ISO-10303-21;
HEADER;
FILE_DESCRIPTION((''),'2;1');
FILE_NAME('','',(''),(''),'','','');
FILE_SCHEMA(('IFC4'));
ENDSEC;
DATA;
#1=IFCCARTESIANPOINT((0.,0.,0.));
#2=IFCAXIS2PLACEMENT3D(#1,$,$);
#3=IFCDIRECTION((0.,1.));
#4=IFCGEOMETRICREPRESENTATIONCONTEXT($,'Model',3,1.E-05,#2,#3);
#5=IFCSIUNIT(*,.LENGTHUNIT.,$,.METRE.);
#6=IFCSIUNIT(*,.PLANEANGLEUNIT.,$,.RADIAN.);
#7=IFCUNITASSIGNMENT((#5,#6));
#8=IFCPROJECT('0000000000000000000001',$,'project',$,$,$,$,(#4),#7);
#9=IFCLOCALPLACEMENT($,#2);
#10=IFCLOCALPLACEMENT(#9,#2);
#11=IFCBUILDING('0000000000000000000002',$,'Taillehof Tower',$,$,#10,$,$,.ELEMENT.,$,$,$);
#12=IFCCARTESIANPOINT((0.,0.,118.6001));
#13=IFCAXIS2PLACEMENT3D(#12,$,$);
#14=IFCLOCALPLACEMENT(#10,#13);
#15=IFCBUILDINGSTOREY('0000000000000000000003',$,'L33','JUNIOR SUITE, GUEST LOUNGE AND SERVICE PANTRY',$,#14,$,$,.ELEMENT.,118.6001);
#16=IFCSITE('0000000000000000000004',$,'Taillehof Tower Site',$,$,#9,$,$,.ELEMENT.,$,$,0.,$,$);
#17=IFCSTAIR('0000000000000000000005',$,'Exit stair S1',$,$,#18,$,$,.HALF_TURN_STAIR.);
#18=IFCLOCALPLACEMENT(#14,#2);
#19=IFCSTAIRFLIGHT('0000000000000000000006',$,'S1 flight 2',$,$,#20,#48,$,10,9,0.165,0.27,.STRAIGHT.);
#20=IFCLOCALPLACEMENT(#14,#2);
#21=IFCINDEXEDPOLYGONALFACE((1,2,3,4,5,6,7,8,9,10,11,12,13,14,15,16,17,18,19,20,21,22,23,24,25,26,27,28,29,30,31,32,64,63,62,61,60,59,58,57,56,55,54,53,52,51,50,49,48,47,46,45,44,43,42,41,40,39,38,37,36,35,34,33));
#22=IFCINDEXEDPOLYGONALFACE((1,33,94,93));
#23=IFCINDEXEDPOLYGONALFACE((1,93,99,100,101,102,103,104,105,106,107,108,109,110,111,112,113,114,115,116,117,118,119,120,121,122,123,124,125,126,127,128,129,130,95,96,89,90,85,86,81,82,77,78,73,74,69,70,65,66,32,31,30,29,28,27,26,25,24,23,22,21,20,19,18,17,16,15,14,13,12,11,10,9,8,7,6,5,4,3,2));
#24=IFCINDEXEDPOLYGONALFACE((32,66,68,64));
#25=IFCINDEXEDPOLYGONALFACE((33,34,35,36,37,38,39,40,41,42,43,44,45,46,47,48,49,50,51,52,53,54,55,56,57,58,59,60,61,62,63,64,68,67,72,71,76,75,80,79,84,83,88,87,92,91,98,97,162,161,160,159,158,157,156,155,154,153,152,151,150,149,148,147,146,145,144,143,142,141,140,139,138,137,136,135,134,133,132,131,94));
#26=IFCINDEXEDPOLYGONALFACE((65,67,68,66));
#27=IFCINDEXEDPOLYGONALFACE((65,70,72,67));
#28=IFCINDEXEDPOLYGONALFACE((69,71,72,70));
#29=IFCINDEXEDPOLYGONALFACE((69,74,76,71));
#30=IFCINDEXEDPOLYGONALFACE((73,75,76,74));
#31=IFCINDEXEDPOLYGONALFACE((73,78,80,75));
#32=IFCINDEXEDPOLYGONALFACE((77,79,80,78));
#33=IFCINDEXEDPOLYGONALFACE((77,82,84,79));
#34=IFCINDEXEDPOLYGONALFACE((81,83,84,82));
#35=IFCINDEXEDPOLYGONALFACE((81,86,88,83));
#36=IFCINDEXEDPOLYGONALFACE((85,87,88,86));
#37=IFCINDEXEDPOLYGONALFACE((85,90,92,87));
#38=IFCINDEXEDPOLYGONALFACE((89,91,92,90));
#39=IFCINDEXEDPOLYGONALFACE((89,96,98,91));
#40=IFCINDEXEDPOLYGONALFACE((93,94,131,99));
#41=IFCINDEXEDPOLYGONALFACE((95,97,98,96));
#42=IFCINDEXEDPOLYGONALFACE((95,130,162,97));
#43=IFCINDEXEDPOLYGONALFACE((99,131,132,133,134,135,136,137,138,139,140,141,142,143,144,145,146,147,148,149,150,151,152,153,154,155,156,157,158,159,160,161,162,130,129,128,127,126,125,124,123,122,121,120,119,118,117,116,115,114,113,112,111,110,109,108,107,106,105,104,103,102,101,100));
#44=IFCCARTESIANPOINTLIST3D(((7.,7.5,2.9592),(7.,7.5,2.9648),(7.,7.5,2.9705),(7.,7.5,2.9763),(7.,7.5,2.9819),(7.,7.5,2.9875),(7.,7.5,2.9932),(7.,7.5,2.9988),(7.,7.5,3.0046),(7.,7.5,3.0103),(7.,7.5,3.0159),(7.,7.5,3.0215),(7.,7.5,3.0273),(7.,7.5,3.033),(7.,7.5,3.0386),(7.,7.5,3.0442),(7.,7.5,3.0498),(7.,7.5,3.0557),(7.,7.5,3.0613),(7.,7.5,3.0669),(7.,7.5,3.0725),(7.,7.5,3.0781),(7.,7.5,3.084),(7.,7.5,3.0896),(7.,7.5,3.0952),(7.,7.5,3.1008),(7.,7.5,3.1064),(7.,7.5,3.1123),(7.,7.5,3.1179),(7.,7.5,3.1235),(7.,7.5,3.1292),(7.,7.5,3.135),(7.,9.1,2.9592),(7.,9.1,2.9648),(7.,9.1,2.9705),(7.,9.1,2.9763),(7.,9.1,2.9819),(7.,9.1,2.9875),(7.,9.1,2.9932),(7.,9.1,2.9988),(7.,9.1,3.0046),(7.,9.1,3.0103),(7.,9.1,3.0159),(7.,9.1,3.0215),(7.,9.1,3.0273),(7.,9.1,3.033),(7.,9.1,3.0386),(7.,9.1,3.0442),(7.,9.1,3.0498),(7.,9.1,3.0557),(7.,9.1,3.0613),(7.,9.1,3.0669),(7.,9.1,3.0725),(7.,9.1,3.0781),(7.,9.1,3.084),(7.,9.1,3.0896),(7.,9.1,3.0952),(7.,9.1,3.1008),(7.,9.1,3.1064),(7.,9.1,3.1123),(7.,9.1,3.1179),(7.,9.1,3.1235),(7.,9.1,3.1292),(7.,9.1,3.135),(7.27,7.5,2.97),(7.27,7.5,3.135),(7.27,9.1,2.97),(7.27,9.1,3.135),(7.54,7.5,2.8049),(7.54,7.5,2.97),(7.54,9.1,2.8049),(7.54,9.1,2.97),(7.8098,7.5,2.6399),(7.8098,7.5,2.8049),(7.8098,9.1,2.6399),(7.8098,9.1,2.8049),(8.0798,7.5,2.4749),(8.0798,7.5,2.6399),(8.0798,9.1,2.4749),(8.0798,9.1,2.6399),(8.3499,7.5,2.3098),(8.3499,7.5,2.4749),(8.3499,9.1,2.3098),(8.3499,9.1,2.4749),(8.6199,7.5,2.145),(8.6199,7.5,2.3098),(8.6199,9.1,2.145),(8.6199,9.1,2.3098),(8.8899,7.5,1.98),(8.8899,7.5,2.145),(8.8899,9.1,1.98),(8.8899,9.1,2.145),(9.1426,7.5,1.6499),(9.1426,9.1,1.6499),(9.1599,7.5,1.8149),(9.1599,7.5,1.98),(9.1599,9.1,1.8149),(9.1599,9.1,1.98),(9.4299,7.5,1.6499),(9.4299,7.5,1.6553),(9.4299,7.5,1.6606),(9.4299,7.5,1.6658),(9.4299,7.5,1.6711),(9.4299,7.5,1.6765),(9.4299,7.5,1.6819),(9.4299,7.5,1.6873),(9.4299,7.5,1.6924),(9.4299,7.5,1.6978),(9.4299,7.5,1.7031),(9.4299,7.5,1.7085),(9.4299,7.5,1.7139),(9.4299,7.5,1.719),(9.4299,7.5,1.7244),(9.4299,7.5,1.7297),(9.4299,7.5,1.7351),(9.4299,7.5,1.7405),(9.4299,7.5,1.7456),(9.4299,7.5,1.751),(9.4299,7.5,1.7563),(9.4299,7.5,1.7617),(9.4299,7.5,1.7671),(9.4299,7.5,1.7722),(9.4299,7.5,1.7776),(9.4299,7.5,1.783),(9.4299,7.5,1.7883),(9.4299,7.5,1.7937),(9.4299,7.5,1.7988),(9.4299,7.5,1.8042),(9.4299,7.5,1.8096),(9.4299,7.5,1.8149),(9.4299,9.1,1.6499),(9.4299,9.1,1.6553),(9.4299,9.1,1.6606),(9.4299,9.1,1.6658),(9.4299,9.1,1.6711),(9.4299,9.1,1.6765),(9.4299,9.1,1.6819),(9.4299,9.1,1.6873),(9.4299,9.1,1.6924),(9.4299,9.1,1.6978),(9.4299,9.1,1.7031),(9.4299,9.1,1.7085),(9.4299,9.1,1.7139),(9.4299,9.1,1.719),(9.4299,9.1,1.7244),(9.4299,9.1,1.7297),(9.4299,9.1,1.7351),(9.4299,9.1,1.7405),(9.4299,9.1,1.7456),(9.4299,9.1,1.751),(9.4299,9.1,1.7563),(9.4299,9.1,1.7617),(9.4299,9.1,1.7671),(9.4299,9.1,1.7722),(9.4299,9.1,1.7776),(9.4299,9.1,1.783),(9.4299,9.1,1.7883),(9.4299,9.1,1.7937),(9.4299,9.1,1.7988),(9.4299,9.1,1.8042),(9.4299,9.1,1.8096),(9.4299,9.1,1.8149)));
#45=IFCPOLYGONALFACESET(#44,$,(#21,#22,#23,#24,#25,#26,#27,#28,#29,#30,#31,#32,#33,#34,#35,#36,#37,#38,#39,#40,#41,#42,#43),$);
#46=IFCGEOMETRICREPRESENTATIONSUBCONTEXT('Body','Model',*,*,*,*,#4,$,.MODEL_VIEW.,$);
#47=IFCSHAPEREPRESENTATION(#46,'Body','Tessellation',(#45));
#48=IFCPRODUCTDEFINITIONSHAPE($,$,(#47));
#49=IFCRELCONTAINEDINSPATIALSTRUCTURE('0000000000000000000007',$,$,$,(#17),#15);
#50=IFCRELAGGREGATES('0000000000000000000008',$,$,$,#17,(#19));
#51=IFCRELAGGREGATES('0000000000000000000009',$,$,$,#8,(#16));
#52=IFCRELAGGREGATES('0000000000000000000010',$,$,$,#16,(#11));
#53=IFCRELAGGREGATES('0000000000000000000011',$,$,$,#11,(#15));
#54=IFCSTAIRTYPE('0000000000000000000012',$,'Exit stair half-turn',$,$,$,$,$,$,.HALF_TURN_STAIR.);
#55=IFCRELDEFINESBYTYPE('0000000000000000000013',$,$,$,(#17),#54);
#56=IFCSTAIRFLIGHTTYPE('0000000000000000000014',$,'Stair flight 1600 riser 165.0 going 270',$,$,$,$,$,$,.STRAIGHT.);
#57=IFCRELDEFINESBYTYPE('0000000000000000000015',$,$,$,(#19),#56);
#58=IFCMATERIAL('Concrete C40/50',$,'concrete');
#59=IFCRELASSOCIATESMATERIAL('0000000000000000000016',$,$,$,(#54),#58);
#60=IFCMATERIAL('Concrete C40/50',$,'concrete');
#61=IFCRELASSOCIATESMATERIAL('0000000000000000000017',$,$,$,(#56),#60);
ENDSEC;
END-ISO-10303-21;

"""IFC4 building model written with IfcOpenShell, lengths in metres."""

from ifc_helpers import new_model, si_unit, direction, frame, origin, place, context, subcontext, project, spatial, polyline, outline, extrude, material, type_object, element, aggregate, save


model = new_model("IFC4")

# Units and contexts
model_context = context("Model", 3, precision=1e-05, world=origin(), true_north=direction((0.0, 1.0)))
body_context = subcontext(model_context, "Body", "Model", "MODEL_VIEW")
ifc_project = project(units=[si_unit("LENGTHUNIT", "METRE"), si_unit("PLANEANGLEUNIT", "RADIAN")], contexts=[model_context])

# Site, building, storey
site_placement = place(None, origin())
site = spatial("IfcSite", under=ifc_project, at=site_placement, Name="Taillehof Tower Site", CompositionType="ELEMENT", RefElevation=0.0)
building_placement = place(site_placement, origin())
building = spatial("IfcBuilding", under=site, at=building_placement, Name="Taillehof Tower", CompositionType="ELEMENT")
storey_placement = place(building_placement, frame((0.0, 0.0, 118.6001)))
storey = spatial("IfcBuildingStorey", under=building, at=storey_placement, Name="L33", Description="JUNIOR SUITE, GUEST LOUNGE AND SERVICE PANTRY", CompositionType="ELEMENT", Elevation=118.6001)

# Stair, stair flight
ifc_material_1 = material(Name="Concrete C40/50", Category="concrete")
stair_type = type_object("IfcStairType", Name="Exit stair half-turn", PredefinedType="HALF_TURN_STAIR", material=ifc_material_1)
stair_placement = place(storey_placement, origin())
stair = element("IfcStair", 1, at=stair_placement, inside=storey, type_object=stair_type, Name="Exit stair S1", PredefinedType="HALF_TURN_STAIR")
ifc_material_2 = material(Name="Concrete C40/50", Category="concrete")
stair_flight_type = type_object("IfcStairFlightType", Name="Stair flight 1600 riser 165.0 going 270", PredefinedType="STRAIGHT", material=ifc_material_2)
stair_flight_placement = place(storey_placement, frame((9.4299, 8.3, 1.6499), z_axis=(0.0, 0.0, 1.0), x_axis=(-1.0, 0.0, 0.0)))
stair_flight = element("IfcStairFlight", 2, at=stair_flight_placement, type_object=stair_flight_type, Name="S1 flight 2", NumberOfRisers=10, NumberOfTreads=9, PredefinedType="STRAIGHT", RiserHeight=0.165, TreadLength=0.27, context=body_context, shape_type="SweptSolid", body=[
    extrude(outline(polyline([(0.0, 0.0), (0.0, 0.0054), (0.0, 0.0107), (0.0, 0.0159), (0.0, 0.0212), (0.0, 0.0266), (0.0, 0.032), (0.0, 0.0374), (0.0, 0.0425), (0.0, 0.0479), (0.0, 0.0532), (0.0, 0.0586), (0.0, 0.064), (0.0, 0.0691), (0.0, 0.0745), (0.0, 0.0798), (0.0, 0.0852), (0.0, 0.0906), (0.0, 0.0957), (0.0, 0.1011), (0.0, 0.1064), (0.0, 0.1118), (0.0, 0.1172), (0.0, 0.1223), (0.0, 0.1277), (0.0, 0.1331), (0.0, 0.1384), (0.0, 0.1438), (0.0, 0.1489), (0.0, 0.1543), (0.0, 0.1597), (0.0, 0.165), (0.27, 0.165), (0.27, 0.3301), (0.54, 0.3301), (0.54, 0.4951), (0.8101, 0.4951), (0.8101, 0.6599), (1.0801, 0.6599), (1.0801, 0.825), (1.3501, 0.825), (1.3501, 0.99), (1.6201, 0.99), (1.6201, 1.155), (1.8899, 1.155), (1.8899, 1.3201), (2.1599, 1.3201), (2.1599, 1.4851), (2.4299, 1.4851), (2.4299, 1.4792), (2.4299, 1.4736), (2.4299, 1.468), (2.4299, 1.4624), (2.4299, 1.4565), (2.4299, 1.4509), (2.4299, 1.4453), (2.4299, 1.4397), (2.4299, 1.4341), (2.4299, 1.4282), (2.4299, 1.4226), (2.4299, 1.417), (2.4299, 1.4114), (2.4299, 1.4058), (2.4299, 1.3999), (2.4299, 1.3943), (2.4299, 1.3887), (2.4299, 1.3831), (2.4299, 1.3774), (2.4299, 1.3716), (2.4299, 1.366), (2.4299, 1.3604), (2.4299, 1.3547), (2.4299, 1.3489), (2.4299, 1.3433), (2.4299, 1.3376), (2.4299, 1.332), (2.4299, 1.3264), (2.4299, 1.3206), (2.4299, 1.3149), (2.4299, 1.3093), (0.2874, 0.0), (0.0, 0.0)])), frame((0.0, 0.8, 0.0), z_axis=(0.0, -1.0, 0.0), x_axis=(1.0, 0.0, 0.0)), (0.0, 0.0, 1.0), 1.6),
])
aggregate(stair, [stair_flight])

save(model, "model.ifc")
